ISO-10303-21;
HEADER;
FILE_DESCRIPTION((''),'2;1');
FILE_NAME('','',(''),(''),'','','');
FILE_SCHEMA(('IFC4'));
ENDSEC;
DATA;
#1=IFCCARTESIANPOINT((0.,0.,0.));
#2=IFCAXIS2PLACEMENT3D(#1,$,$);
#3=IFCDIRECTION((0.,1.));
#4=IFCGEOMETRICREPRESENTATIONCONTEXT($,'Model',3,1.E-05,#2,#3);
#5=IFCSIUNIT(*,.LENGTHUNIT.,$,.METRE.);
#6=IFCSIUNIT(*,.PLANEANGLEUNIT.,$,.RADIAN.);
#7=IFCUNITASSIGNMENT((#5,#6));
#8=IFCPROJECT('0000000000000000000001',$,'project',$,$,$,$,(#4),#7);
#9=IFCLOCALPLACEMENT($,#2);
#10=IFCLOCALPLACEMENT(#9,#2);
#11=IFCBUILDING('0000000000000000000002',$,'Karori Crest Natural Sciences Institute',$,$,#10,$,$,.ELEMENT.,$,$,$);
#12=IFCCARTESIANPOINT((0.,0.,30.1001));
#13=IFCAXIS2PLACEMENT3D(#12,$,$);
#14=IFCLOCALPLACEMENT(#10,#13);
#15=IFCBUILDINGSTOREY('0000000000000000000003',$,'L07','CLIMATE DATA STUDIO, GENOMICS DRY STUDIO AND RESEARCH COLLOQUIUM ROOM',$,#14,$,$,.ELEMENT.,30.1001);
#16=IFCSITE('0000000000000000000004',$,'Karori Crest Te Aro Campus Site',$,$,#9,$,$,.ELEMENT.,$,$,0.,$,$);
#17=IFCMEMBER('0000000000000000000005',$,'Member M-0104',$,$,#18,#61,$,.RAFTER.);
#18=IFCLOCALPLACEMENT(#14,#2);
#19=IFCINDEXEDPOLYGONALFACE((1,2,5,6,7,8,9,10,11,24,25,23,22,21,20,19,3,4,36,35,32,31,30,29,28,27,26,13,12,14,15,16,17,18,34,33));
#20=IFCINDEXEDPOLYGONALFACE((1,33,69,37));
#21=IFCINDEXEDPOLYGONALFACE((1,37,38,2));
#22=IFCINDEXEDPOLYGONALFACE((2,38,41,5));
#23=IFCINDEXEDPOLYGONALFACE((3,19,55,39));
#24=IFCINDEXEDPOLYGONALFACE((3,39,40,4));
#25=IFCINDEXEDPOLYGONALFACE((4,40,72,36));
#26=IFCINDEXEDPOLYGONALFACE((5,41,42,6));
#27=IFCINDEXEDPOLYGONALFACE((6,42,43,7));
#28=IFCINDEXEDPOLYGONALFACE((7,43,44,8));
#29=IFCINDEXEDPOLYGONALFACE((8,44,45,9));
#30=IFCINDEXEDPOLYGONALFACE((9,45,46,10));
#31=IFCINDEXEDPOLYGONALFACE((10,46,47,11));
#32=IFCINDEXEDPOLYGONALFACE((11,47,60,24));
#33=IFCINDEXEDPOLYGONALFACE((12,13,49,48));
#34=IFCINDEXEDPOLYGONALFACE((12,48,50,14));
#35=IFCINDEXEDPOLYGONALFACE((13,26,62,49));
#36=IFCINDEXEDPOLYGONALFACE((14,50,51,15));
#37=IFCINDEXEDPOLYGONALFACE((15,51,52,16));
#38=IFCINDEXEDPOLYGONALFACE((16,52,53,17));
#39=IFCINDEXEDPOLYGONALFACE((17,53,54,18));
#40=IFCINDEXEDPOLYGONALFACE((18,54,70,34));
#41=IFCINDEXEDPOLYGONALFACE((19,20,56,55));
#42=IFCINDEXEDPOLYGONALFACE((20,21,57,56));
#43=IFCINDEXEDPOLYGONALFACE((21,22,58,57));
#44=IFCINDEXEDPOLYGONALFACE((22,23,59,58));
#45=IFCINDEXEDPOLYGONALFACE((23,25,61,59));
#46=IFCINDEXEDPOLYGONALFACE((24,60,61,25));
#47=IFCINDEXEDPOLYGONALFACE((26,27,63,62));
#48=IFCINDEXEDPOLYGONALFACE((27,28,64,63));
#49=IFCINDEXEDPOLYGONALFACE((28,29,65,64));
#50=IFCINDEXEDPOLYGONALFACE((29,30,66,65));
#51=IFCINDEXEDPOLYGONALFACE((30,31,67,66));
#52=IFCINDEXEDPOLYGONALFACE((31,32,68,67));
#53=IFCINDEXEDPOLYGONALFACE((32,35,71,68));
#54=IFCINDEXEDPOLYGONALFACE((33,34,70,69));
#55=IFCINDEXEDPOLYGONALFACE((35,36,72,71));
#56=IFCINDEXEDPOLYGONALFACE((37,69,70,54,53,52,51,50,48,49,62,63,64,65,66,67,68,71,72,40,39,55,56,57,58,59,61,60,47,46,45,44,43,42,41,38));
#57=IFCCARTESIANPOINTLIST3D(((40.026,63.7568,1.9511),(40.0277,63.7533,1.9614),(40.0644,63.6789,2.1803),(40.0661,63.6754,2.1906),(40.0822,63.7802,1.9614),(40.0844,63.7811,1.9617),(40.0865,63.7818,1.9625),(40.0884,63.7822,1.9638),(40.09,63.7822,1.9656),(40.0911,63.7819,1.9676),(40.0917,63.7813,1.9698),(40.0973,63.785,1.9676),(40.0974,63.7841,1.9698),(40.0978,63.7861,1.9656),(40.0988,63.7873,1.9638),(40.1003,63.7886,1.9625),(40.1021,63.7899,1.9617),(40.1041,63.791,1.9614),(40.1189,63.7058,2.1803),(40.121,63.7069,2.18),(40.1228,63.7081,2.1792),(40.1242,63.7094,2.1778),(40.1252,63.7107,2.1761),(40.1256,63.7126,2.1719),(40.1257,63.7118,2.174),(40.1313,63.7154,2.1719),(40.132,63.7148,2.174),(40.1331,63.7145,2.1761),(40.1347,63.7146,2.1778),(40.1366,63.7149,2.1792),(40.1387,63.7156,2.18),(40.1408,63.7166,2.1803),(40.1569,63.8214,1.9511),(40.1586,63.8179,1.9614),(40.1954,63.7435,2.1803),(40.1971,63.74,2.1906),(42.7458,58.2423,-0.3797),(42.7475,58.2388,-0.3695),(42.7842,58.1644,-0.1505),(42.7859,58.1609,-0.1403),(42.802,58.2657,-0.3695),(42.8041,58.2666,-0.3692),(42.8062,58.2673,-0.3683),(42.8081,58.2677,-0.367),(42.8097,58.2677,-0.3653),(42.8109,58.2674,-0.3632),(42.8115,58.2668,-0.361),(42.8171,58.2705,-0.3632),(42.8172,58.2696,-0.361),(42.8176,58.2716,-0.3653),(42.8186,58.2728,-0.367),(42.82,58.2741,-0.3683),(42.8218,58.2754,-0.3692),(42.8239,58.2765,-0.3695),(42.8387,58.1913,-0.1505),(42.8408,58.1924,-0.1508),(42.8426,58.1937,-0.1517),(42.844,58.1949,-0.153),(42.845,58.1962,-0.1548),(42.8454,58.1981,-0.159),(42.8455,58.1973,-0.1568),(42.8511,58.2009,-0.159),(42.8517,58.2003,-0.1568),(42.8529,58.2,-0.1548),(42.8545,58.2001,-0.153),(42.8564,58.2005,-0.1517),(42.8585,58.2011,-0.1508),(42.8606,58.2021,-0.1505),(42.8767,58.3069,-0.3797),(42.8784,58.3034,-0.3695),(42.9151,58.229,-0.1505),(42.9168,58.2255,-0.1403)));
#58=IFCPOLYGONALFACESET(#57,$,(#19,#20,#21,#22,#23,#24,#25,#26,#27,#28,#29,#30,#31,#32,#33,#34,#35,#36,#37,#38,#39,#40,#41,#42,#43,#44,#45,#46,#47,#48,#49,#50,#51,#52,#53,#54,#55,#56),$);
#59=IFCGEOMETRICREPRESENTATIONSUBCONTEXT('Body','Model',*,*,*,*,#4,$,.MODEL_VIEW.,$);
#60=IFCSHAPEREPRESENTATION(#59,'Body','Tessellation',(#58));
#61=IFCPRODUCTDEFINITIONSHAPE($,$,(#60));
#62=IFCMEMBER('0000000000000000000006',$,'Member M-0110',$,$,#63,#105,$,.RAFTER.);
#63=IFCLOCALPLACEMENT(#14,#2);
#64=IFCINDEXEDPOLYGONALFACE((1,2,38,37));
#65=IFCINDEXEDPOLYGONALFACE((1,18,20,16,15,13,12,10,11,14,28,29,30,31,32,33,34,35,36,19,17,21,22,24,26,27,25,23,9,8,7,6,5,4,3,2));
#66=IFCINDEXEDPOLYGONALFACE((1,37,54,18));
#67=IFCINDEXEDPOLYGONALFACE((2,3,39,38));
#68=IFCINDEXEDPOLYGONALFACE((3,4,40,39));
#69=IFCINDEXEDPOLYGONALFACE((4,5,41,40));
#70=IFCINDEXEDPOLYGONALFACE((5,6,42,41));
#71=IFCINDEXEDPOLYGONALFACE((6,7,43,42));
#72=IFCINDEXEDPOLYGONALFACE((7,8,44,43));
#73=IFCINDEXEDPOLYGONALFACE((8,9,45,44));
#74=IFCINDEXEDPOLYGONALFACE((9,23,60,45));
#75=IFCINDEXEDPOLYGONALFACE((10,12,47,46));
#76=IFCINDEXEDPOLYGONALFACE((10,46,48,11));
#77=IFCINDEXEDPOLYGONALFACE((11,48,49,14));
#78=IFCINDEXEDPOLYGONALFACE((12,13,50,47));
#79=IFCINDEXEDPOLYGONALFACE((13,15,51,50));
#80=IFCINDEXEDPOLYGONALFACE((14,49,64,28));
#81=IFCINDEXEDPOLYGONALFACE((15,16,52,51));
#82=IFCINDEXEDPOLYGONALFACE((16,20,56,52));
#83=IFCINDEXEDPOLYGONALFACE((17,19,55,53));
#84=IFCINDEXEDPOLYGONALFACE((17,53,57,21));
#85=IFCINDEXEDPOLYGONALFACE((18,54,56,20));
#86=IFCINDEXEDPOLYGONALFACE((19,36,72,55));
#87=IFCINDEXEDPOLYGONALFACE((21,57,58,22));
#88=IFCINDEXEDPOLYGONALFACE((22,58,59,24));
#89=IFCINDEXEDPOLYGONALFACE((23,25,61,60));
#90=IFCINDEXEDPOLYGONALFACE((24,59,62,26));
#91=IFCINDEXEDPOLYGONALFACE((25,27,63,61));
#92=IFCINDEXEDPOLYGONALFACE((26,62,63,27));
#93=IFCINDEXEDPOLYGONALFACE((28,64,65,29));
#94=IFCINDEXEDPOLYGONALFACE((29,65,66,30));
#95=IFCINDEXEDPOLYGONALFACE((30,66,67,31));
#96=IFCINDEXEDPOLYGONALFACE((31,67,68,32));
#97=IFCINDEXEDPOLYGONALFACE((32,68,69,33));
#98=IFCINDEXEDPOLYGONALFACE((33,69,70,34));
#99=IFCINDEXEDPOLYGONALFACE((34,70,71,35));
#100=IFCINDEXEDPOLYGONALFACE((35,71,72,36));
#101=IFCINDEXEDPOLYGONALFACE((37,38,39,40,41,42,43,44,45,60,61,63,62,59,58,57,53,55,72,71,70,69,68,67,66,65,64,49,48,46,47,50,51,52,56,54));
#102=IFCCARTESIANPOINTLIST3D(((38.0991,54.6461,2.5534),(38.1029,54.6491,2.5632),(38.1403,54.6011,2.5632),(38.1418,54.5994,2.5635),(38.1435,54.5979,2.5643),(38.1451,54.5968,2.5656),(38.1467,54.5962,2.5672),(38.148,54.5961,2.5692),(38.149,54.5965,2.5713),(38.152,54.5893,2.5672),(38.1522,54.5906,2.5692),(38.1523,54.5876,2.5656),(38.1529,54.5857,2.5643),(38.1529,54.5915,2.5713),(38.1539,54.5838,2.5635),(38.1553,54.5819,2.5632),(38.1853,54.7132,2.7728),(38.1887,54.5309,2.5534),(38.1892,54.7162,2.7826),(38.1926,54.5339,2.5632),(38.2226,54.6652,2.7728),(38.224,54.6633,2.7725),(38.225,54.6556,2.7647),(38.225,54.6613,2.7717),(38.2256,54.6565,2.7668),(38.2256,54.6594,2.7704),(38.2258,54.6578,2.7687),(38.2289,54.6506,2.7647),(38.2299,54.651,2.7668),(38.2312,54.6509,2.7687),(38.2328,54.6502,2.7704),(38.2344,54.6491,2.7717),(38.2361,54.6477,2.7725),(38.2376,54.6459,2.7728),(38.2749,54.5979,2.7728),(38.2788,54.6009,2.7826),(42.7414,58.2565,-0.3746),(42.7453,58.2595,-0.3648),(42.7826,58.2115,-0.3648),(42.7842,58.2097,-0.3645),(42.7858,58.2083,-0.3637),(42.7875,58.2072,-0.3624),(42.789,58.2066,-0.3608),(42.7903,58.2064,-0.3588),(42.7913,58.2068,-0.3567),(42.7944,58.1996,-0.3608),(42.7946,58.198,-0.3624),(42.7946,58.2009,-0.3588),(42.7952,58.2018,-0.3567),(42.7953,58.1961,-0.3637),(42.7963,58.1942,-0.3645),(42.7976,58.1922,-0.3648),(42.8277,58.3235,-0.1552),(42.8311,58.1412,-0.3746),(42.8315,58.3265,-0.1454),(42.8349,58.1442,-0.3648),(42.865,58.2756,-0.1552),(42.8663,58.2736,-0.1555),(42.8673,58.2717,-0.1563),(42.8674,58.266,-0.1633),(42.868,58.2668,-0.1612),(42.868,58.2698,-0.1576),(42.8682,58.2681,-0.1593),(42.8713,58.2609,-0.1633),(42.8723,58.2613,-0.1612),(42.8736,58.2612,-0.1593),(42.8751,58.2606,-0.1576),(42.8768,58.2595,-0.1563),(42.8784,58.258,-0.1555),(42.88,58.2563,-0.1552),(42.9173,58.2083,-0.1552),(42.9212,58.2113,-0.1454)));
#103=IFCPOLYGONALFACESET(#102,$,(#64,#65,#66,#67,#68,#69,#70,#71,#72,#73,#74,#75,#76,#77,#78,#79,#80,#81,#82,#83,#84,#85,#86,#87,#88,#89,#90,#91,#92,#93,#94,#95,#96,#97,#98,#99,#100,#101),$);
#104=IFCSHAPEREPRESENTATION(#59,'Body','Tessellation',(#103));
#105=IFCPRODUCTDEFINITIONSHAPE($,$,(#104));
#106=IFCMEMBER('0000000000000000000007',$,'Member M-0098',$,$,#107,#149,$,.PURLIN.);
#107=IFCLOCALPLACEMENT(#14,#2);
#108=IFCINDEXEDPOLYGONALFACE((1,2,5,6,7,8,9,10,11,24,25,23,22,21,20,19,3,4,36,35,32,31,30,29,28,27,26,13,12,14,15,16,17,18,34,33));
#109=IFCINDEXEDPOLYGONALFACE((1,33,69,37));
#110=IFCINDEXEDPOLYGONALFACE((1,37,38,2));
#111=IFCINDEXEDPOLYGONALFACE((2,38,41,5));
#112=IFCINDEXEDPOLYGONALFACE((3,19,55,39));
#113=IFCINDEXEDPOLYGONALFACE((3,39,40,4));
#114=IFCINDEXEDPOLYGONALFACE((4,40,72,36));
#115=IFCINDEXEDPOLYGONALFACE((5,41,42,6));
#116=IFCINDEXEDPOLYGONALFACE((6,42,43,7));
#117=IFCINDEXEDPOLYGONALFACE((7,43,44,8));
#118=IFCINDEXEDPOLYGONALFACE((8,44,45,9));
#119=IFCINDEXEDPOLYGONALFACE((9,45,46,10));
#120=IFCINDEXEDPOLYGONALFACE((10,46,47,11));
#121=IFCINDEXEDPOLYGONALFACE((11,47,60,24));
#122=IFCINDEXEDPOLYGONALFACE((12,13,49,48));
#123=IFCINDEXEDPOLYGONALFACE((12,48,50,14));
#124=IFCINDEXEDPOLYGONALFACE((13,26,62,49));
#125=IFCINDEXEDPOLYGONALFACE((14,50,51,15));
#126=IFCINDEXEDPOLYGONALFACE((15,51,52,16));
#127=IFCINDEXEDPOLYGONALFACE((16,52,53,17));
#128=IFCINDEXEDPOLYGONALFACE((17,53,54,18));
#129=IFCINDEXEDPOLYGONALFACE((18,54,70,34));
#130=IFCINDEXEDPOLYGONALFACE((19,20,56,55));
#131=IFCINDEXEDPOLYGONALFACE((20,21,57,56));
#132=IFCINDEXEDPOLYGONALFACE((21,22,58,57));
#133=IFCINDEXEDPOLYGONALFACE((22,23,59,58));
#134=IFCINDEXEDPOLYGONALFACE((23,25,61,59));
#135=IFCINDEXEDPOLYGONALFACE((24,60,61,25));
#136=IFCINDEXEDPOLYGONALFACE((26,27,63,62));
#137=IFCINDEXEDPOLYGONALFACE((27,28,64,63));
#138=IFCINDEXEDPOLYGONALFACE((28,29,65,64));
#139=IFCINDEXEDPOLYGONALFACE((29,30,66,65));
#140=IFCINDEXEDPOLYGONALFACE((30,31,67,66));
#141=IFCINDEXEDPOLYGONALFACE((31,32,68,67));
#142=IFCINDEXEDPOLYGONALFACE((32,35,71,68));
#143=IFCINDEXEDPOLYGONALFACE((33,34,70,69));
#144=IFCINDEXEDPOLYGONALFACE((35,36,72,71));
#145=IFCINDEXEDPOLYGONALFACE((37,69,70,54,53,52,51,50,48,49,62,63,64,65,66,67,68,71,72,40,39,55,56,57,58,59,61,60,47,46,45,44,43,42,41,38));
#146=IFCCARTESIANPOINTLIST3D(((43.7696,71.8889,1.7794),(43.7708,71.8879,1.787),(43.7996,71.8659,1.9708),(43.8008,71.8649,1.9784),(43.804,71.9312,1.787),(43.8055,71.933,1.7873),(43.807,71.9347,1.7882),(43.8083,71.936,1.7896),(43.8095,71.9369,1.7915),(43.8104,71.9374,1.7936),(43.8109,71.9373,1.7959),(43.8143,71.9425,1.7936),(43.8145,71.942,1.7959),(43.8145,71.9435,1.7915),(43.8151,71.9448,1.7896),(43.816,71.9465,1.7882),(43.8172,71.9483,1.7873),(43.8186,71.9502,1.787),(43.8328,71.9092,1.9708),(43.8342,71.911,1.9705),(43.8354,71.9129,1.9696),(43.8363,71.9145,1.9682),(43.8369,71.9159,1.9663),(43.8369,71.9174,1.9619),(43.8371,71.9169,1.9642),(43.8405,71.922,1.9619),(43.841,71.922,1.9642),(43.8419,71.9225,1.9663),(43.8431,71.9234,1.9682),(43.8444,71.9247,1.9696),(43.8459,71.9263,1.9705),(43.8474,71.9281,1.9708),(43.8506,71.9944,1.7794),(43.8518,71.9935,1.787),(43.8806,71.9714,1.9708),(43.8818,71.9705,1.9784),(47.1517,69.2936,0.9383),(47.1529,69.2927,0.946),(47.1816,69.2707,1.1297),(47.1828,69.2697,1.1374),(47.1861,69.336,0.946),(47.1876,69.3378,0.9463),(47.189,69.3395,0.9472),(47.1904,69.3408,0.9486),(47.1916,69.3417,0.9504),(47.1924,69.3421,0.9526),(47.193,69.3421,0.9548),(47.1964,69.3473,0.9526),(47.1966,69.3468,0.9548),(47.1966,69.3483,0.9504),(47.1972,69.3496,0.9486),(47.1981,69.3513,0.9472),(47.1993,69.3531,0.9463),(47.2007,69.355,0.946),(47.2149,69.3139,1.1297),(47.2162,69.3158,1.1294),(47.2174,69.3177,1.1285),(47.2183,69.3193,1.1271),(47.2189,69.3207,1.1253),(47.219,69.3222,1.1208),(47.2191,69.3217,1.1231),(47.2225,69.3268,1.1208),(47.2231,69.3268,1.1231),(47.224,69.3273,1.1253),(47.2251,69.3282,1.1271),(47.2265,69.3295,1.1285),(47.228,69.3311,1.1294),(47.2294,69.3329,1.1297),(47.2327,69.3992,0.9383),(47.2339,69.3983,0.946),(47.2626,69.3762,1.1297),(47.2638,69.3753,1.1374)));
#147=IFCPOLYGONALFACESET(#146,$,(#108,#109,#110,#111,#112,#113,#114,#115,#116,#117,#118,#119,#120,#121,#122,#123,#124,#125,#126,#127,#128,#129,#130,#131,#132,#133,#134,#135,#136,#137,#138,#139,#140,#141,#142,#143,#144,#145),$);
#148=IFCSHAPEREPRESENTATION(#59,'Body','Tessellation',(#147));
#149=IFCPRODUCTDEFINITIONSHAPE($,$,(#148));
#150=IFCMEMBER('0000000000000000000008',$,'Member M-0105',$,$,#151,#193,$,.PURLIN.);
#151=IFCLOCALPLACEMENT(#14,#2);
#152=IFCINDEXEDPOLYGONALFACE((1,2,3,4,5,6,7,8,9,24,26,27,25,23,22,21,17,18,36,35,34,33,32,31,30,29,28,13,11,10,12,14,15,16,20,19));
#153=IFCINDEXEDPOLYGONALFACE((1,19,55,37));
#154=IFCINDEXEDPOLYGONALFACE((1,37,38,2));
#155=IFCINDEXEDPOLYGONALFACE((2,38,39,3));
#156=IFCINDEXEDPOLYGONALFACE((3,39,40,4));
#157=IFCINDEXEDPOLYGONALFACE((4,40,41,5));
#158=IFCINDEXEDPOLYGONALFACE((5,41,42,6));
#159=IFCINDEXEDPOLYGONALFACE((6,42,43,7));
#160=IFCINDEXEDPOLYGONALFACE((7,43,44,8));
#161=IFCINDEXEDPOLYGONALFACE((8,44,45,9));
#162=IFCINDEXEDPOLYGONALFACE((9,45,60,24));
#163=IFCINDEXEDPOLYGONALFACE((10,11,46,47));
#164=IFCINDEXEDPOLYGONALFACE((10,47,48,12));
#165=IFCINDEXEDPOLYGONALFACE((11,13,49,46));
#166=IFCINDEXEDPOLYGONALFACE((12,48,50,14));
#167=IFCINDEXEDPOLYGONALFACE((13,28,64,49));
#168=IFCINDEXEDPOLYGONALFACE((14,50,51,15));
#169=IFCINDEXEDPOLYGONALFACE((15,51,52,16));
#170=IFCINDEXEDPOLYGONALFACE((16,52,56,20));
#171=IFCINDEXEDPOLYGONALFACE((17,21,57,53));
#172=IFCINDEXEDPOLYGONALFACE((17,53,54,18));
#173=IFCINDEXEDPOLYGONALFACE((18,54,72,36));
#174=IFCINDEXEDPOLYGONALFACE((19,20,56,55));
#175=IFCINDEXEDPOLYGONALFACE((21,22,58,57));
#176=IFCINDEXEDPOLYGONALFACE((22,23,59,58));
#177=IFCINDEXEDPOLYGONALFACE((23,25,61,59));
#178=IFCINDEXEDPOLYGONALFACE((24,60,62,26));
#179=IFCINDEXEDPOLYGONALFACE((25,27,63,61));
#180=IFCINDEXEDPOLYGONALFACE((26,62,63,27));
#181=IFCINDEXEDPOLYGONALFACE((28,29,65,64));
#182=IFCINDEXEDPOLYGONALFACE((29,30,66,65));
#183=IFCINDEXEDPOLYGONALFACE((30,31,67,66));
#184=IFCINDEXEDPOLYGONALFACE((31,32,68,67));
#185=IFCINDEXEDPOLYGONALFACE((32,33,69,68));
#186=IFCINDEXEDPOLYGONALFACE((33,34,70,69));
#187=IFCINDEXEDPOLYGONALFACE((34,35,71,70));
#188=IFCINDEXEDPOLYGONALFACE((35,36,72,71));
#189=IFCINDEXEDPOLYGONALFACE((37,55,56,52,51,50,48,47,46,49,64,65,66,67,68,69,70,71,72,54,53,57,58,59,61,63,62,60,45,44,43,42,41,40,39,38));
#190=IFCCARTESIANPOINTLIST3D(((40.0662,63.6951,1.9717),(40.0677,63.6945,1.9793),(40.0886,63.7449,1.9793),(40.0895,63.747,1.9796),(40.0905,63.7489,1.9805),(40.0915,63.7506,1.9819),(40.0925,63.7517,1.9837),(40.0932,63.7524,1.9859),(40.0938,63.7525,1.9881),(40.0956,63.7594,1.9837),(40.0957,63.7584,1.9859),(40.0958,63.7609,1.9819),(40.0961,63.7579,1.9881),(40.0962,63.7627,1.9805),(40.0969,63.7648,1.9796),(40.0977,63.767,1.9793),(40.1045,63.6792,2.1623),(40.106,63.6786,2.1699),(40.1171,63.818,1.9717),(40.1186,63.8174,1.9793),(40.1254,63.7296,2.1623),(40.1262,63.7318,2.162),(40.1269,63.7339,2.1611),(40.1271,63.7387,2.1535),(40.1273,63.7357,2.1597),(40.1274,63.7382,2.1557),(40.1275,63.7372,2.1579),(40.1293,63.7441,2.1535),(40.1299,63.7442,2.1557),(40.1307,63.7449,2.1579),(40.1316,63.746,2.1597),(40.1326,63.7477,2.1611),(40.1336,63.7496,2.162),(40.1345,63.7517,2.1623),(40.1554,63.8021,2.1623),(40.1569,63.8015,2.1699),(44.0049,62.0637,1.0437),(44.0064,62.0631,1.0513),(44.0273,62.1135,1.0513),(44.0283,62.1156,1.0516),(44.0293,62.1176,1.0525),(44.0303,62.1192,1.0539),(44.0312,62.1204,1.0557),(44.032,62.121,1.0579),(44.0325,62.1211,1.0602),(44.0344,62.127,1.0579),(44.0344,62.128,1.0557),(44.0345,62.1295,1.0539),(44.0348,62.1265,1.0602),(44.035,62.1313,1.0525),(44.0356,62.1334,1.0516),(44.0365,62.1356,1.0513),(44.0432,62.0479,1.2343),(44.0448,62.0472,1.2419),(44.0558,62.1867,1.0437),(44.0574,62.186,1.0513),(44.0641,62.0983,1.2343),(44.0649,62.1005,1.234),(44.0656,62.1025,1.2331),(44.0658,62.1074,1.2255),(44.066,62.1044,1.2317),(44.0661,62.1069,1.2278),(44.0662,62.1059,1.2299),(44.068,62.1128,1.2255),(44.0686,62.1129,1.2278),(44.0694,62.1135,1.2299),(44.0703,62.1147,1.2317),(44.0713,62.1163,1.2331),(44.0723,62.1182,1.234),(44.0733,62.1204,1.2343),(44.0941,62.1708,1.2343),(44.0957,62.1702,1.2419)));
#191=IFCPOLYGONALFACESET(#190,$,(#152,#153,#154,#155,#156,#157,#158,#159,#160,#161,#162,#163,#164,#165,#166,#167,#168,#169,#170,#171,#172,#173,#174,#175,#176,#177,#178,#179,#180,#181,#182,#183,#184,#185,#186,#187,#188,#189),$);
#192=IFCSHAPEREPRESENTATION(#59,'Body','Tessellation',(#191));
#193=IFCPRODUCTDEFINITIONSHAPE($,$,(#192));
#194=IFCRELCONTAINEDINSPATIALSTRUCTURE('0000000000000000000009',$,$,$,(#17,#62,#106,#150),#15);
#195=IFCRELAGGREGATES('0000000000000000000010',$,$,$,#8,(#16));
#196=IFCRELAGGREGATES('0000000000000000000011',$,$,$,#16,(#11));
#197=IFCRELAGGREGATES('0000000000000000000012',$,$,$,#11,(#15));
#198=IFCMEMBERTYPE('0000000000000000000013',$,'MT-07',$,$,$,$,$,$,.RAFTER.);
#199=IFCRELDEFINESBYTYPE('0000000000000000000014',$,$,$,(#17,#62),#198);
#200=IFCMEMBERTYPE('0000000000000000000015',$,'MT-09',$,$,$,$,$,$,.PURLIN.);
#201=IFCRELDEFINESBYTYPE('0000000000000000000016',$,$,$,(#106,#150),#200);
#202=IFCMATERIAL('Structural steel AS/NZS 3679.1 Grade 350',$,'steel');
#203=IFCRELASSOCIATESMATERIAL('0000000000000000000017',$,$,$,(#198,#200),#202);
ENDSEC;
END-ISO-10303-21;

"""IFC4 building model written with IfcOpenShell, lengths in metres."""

from ifc_helpers import new_model, si_unit, direction, frame, origin, origin_2d, place, context, subcontext, project, spatial, i_section, extrude, material, material_profile, profile_set, type_object, element, save


model = new_model("IFC4")

# Units and contexts
model_context = context("Model", 3, precision=1e-05, world=origin(), true_north=direction((0.0, 1.0)))
body_context = subcontext(model_context, "Body", "Model", "MODEL_VIEW")
ifc_project = project(units=[si_unit("LENGTHUNIT", "METRE"), si_unit("PLANEANGLEUNIT", "RADIAN")], contexts=[model_context])

# Site, building, storey
site_placement = place(None, origin())
site = spatial("IfcSite", under=ifc_project, at=site_placement, Name="Karori Crest Te Aro Campus Site", CompositionType="ELEMENT", RefElevation=0.0)
building_placement = place(site_placement, origin())
building = spatial("IfcBuilding", under=site, at=building_placement, Name="Karori Crest Natural Sciences Institute", CompositionType="ELEMENT")
storey_placement = place(building_placement, frame((0.0, 0.0, 30.1001)))
storey = spatial("IfcBuildingStorey", under=building, at=storey_placement, Name="L07", Description="CLIMATE DATA STUDIO, GENOMICS DRY STUDIO AND RESEARCH COLLOQUIUM ROOM", CompositionType="ELEMENT", Elevation=30.1001)

# Members
ifc_material_1 = material(Name="Structural steel AS/NZS 3679.1 Grade 350", Category="steel")
ifc_material_profile_1 = material_profile(ifc_material_1, i_section(OverallWidth=0.146, OverallDepth=0.2561, WebThickness=0.0063, FlangeThickness=0.011, FilletRadius=0.009, at=origin_2d()), Name="250UB37.3")
ifc_profile_set_1 = profile_set([ifc_material_profile_1], Name="Structural steel AS/NZS 3679.1 Grade 350")
member_type_1 = type_object("IfcMemberType", Name="MT-07", PredefinedType="RAFTER", material=ifc_profile_set_1)
member_1_placement = place(storey_placement, frame((42.8313, 58.2339, -0.26), z_axis=(-0.41361, 0.838619, 0.354465), x_axis=(-0.896852, -0.442331, 0.0)))
element("IfcMember", 1, at=member_1_placement, inside=storey, type_object=member_type_1, Name="Member M-0104", PredefinedType="RAFTER", context=body_context, shape_type="SweptSolid", body=[
    extrude(i_section(OverallWidth=0.146, OverallDepth=0.2561, WebThickness=0.0063, FlangeThickness=0.011, FilletRadius=0.009, at=origin_2d()), origin(), (0.0, 0.0, 1.0), 6.5757),
])
member_2_placement = place(storey_placement, frame((42.8313, 58.2339, -0.26), z_axis=(-0.706644, -0.549559, 0.445689), x_axis=(0.613903, -0.789381, 0.0)))
element("IfcMember", 2, at=member_2_placement, inside=storey, type_object=member_type_1, Name="Member M-0110", PredefinedType="RAFTER", context=body_context, shape_type="SweptSolid", body=[
    extrude(i_section(OverallWidth=0.146, OverallDepth=0.2561, WebThickness=0.0063, FlangeThickness=0.011, FilletRadius=0.009, at=origin_2d()), origin(), (0.0, 0.0, 1.0), 6.5696),
])
ifc_material_profile_2 = material_profile(ifc_material_1, i_section(OverallWidth=0.1331, OverallDepth=0.2029, WebThickness=0.0059, FlangeThickness=0.0078, FilletRadius=0.009, at=origin_2d()), Name="200UB25.4")
ifc_profile_set_2 = profile_set([ifc_material_profile_2], Name="Structural steel AS/NZS 3679.1 Grade 350")
member_type_2 = type_object("IfcMemberType", Name="MT-09", PredefinedType="PURLIN", material=ifc_profile_set_2)
member_3_placement = place(storey_placement, frame((47.2078, 69.3345, 1.0378), z_axis=(-0.778344, 0.597256, 0.193561), x_axis=(-0.608769, -0.793347, 0.0)))
element("IfcMember", 3, at=member_3_placement, inside=storey, type_object=member_type_2, Name="Member M-0098", PredefinedType="PURLIN", context=body_context, shape_type="SweptSolid", body=[
    extrude(i_section(OverallWidth=0.1331, OverallDepth=0.2029, WebThickness=0.0059, FlangeThickness=0.0078, FilletRadius=0.009, at=origin_2d()), origin(), (0.0, 0.0, 1.0), 4.3452),
])
member_4_placement = place(storey_placement, frame((44.0503, 62.1169, 1.1428), z_axis=(-0.902751, 0.373903, 0.212692), x_axis=(-0.382659, -0.92389, 0.0)))
element("IfcMember", 4, at=member_4_placement, inside=storey, type_object=member_type_2, Name="Member M-0105", PredefinedType="PURLIN", context=body_context, shape_type="SweptSolid", body=[
    extrude(i_section(OverallWidth=0.1331, OverallDepth=0.2029, WebThickness=0.0059, FlangeThickness=0.0078, FilletRadius=0.009, at=origin_2d()), origin(), (0.0, 0.0, 1.0), 4.363),
])

save(model, "model.ifc")
